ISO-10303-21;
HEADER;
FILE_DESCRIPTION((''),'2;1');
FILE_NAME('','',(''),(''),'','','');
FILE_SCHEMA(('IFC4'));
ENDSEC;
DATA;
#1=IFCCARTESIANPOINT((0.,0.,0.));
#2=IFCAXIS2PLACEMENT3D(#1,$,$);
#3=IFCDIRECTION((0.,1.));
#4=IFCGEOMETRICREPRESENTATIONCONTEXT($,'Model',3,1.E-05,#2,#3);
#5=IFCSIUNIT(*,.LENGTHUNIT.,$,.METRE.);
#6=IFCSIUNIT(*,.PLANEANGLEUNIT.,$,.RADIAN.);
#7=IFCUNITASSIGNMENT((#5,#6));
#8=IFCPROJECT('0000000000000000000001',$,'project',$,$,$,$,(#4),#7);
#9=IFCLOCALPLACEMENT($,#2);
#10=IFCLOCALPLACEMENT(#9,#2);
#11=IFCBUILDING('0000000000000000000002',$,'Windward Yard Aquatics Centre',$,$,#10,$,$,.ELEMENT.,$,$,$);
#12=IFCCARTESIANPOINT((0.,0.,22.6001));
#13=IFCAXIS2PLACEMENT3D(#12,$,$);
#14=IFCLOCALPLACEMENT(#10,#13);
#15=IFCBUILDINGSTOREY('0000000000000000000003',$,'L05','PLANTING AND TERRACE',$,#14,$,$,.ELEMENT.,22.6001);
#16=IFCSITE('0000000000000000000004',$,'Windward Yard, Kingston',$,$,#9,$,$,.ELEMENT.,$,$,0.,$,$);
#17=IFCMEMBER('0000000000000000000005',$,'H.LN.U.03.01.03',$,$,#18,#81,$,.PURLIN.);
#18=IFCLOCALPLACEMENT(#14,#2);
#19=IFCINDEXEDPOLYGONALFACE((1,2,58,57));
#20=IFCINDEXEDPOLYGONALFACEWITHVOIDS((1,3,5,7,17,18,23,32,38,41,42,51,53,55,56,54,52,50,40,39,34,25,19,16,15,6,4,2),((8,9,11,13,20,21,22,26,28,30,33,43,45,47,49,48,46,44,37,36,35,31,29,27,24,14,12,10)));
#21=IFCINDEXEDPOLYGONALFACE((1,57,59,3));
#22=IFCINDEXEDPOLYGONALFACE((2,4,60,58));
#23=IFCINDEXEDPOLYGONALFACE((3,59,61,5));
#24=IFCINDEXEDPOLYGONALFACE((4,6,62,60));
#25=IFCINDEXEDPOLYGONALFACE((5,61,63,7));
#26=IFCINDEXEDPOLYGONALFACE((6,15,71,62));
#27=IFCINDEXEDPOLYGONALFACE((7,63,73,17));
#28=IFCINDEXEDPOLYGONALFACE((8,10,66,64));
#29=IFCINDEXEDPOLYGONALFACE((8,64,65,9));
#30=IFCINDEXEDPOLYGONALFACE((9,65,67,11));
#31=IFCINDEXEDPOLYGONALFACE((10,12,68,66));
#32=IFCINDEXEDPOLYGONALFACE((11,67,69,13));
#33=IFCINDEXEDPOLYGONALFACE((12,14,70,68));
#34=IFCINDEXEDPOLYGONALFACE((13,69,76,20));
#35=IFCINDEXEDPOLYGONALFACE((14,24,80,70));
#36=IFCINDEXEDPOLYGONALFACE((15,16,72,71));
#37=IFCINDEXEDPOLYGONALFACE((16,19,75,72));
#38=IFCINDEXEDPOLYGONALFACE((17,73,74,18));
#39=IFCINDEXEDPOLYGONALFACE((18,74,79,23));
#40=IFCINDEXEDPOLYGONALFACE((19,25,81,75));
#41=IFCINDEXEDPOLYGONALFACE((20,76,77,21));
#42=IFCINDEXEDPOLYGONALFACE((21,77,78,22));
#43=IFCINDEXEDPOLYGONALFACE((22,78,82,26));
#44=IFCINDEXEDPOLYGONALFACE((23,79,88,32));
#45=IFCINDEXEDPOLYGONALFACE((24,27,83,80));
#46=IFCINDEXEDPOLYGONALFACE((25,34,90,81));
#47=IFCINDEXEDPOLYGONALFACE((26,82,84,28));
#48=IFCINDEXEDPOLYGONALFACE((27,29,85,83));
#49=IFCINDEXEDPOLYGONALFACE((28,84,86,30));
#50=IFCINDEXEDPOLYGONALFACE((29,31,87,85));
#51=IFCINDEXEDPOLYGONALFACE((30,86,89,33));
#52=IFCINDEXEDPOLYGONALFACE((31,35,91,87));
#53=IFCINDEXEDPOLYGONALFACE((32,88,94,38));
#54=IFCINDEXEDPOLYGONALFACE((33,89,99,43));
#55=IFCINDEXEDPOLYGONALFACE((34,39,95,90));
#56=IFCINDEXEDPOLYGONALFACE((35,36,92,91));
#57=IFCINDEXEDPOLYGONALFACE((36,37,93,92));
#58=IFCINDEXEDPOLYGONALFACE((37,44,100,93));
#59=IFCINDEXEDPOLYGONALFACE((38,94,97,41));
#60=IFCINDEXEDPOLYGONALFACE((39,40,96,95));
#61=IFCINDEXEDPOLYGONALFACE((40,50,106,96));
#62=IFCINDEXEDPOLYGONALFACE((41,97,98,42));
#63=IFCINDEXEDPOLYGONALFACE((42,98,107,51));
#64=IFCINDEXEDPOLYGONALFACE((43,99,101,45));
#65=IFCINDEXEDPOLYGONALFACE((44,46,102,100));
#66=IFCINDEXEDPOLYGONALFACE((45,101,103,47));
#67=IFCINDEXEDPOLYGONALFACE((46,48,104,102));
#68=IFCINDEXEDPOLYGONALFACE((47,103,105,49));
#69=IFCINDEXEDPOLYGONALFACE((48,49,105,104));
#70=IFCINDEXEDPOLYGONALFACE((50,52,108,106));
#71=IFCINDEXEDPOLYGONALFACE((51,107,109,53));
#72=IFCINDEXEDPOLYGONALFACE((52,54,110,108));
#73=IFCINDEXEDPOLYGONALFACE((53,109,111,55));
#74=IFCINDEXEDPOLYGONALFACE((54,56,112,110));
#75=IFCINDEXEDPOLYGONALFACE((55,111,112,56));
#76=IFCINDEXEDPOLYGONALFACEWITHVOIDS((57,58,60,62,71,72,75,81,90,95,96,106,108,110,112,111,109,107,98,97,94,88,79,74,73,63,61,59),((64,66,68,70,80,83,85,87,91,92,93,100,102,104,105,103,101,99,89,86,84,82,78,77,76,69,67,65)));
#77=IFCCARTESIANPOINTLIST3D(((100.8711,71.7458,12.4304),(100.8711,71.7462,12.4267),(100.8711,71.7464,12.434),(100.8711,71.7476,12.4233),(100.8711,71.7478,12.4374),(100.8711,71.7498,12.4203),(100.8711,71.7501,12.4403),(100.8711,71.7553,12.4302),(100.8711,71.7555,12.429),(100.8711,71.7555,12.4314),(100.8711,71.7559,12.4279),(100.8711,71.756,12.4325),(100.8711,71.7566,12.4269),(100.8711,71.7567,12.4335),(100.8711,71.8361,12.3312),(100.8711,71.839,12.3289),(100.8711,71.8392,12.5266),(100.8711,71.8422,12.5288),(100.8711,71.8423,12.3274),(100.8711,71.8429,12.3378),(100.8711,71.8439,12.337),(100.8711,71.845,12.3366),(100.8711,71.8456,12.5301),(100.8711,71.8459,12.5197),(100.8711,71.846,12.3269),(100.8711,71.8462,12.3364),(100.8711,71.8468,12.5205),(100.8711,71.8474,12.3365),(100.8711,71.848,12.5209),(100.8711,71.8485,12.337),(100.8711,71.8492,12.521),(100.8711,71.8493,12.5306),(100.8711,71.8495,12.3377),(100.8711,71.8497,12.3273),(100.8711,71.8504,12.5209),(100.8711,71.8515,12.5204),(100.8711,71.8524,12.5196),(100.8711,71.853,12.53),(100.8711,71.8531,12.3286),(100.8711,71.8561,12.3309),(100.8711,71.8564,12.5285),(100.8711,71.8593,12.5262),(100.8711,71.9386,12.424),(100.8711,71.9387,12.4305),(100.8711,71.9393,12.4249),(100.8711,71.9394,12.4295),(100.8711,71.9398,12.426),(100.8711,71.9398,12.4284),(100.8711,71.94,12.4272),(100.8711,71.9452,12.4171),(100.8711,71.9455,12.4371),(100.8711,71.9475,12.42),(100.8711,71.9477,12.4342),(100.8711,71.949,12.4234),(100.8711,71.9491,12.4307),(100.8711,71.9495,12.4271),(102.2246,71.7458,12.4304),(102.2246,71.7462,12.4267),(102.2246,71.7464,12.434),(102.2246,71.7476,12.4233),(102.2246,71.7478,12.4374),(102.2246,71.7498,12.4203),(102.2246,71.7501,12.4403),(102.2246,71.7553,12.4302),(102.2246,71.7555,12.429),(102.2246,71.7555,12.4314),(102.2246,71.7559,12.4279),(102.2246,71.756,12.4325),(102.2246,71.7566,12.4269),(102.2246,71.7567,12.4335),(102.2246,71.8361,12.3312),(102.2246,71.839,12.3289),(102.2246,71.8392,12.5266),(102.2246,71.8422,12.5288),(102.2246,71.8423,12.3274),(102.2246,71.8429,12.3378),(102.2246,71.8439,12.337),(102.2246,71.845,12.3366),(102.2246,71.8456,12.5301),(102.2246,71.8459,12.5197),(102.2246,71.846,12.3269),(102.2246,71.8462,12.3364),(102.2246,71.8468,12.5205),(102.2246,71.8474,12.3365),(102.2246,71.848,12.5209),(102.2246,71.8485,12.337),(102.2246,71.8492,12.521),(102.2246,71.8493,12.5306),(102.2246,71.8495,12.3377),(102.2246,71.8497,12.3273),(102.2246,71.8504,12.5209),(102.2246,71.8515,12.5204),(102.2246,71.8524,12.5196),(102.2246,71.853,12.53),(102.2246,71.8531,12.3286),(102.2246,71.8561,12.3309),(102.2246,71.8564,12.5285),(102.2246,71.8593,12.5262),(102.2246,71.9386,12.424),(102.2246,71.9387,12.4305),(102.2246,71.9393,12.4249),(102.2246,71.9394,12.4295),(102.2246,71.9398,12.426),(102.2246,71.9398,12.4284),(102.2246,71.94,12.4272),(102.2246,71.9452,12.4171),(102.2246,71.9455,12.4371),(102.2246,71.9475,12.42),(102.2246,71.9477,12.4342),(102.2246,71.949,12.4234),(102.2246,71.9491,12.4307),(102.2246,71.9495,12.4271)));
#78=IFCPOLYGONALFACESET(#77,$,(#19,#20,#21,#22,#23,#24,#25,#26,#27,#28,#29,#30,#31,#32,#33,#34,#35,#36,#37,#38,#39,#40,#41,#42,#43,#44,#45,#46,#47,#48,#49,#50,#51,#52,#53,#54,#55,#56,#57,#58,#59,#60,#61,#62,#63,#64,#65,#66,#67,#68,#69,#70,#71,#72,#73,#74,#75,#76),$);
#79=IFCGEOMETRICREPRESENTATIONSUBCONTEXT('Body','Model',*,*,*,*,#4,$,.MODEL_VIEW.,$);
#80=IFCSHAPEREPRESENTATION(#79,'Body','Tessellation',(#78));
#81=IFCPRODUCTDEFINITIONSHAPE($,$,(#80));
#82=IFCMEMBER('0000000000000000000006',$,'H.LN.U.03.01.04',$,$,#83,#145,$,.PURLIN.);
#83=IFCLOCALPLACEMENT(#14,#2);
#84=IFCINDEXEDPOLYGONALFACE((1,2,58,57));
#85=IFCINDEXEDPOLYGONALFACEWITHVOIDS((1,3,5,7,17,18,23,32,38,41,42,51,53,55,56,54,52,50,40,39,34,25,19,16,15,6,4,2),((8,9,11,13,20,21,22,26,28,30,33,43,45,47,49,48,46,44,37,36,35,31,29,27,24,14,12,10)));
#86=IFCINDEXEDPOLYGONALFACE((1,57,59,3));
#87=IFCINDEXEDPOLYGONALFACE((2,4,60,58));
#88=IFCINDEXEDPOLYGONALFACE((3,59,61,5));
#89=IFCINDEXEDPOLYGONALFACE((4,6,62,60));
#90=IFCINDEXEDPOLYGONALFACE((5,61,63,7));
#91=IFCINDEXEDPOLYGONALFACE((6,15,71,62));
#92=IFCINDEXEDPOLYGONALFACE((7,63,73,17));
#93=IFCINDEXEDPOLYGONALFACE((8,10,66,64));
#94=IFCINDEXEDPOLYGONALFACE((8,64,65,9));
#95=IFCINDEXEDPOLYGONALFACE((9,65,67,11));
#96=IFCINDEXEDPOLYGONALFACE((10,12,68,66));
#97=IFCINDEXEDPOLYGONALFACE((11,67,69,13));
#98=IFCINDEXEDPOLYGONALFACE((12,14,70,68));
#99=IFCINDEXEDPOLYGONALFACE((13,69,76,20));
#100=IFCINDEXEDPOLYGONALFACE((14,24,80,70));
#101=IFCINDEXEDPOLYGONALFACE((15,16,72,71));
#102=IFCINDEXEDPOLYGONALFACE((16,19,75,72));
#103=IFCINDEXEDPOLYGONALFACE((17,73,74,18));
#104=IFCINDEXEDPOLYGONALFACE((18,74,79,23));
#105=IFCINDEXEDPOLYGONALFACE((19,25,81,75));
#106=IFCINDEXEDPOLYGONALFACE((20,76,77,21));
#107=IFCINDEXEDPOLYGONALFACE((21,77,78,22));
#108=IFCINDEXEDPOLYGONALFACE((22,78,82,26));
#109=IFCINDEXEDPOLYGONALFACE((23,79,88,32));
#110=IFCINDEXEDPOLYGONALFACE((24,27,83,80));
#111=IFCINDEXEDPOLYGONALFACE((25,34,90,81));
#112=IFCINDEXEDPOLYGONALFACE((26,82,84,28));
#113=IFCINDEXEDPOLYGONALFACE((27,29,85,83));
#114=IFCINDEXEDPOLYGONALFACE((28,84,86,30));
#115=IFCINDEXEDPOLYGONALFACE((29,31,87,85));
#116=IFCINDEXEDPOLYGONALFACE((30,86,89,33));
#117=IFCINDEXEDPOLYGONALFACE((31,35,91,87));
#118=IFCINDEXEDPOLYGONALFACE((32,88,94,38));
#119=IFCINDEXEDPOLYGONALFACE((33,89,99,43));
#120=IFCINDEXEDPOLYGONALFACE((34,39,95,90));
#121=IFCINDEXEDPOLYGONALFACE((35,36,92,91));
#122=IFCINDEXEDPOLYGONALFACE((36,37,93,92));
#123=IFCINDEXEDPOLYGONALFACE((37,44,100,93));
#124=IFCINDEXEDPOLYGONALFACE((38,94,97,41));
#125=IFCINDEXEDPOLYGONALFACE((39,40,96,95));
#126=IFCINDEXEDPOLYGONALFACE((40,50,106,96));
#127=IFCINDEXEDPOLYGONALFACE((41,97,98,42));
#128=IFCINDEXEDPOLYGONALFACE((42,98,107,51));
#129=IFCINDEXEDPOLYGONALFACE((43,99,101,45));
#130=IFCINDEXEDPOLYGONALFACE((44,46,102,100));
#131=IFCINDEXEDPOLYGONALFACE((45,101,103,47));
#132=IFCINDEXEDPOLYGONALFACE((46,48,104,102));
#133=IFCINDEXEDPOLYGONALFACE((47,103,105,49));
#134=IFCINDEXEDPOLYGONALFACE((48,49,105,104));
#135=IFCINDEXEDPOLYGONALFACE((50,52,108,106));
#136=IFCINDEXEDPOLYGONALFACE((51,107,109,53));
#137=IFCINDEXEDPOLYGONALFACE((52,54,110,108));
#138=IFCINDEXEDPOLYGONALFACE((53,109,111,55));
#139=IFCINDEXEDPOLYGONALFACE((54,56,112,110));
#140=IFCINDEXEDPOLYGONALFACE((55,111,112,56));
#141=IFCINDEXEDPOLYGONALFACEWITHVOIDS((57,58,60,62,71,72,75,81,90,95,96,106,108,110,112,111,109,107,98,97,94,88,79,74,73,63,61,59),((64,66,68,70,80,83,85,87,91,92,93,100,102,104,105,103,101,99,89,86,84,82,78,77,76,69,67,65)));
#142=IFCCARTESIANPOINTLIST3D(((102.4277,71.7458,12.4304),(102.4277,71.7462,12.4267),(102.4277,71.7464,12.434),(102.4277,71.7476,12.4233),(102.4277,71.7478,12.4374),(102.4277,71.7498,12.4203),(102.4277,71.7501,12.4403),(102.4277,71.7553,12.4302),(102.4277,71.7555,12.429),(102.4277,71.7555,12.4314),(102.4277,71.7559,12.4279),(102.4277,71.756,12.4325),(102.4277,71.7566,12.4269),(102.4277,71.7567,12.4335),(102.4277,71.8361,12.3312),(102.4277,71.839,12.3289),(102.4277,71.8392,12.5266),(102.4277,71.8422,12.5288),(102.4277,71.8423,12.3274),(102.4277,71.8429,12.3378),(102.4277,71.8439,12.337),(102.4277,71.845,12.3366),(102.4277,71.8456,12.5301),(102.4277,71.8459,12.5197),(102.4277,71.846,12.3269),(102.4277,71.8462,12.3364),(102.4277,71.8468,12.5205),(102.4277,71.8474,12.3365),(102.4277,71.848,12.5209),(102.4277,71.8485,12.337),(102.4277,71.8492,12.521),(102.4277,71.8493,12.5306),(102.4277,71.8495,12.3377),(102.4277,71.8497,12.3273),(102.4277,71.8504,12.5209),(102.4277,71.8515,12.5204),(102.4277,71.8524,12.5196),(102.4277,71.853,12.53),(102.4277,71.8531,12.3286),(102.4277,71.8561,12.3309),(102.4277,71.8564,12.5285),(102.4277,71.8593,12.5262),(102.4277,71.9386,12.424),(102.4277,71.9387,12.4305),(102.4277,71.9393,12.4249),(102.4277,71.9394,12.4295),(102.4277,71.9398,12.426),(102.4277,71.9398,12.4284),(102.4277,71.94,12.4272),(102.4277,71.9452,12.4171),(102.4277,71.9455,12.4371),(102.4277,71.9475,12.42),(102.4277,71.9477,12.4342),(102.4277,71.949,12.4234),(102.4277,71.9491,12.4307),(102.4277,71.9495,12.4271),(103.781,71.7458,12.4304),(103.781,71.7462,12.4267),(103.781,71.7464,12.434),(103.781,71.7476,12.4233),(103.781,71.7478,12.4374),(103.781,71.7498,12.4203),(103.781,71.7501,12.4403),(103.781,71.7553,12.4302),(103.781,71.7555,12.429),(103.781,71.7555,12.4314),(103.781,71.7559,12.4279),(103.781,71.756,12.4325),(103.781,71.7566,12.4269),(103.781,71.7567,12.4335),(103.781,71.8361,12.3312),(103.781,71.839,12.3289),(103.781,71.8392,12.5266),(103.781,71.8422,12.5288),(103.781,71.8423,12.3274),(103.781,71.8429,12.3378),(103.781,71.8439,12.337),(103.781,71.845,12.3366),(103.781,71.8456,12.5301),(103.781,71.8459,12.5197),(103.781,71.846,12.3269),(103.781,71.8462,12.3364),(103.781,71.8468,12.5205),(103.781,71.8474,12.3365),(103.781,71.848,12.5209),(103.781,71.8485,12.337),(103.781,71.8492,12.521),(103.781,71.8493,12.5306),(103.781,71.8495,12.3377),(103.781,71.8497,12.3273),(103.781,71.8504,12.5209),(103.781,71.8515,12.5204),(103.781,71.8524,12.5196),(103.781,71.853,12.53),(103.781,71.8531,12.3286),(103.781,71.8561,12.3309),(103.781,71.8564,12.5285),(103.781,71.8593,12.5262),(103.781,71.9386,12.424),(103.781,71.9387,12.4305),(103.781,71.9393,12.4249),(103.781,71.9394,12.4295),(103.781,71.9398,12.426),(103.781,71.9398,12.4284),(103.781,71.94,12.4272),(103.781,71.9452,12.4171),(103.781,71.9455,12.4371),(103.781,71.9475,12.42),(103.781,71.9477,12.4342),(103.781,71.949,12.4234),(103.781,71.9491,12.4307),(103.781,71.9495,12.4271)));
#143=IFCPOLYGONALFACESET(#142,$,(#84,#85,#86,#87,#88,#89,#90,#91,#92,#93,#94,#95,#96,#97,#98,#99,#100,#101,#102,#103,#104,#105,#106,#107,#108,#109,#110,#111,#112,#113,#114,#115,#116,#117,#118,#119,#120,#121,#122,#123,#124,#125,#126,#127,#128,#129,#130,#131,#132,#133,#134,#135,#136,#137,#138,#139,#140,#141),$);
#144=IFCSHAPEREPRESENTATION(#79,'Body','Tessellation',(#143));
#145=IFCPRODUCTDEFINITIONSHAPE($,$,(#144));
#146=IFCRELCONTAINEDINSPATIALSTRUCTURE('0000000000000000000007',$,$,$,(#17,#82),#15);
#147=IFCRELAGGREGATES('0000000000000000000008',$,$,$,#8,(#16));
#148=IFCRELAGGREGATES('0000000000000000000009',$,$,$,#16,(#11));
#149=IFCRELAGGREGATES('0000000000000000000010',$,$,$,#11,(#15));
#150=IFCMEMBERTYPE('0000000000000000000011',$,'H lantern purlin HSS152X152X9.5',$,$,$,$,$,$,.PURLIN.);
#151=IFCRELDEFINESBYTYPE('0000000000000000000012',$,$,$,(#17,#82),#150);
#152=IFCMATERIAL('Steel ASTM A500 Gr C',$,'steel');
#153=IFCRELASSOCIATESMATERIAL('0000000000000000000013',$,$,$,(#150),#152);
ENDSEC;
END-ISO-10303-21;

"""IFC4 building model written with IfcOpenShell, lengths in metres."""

from ifc_helpers import new_model, si_unit, direction, frame, origin, origin_2d, place, context, subcontext, project, spatial, hollow_rectangle, extrude, material, material_profile, profile_set, type_object, element, save


model = new_model("IFC4")

# Units and contexts
model_context = context("Model", 3, precision=1e-05, world=origin(), true_north=direction((0.0, 1.0)))
body_context = subcontext(model_context, "Body", "Model", "MODEL_VIEW")
ifc_project = project(units=[si_unit("LENGTHUNIT", "METRE"), si_unit("PLANEANGLEUNIT", "RADIAN")], contexts=[model_context])

# Site, building, storey
site_placement = place(None, origin())
site = spatial("IfcSite", under=ifc_project, at=site_placement, Name="Windward Yard, Kingston", CompositionType="ELEMENT", RefElevation=0.0)
building_placement = place(site_placement, origin())
building = spatial("IfcBuilding", under=site, at=building_placement, Name="Windward Yard Aquatics Centre", CompositionType="ELEMENT")
storey_placement = place(building_placement, frame((0.0, 0.0, 22.6001)))
storey = spatial("IfcBuildingStorey", under=building, at=storey_placement, Name="L05", Description="PLANTING AND TERRACE", CompositionType="ELEMENT", Elevation=22.6001)

# Members
ifc_material_1 = material(Name="Steel ASTM A500 Gr C", Category="steel")
ifc_material_profile_1 = material_profile(ifc_material_1, hollow_rectangle(XDim=0.1523, YDim=0.1523, WallThickness=0.0095, InnerFilletRadius=0.0046, OuterFilletRadius=0.0142, at=origin_2d()), Name="HSS152X152X9.5")
ifc_profile_set_1 = profile_set([ifc_material_profile_1], Name="Steel ASTM A500 Gr C")
member_type_1 = type_object("IfcMemberType", Name="H lantern purlin HSS152X152X9.5", PredefinedType="PURLIN", material=ifc_profile_set_1)
member_1_placement = place(storey_placement, frame((100.8711, 71.8477, 12.4287), z_axis=(1.0, 0.0, 0.0), x_axis=(0.0, 0.69555, -0.718477)))
element("IfcMember", 1, at=member_1_placement, inside=storey, type_object=member_type_1, Name="H.LN.U.03.01.03", PredefinedType="PURLIN", context=body_context, shape_type="SweptSolid", body=[
    extrude(hollow_rectangle(XDim=0.1523, YDim=0.1523, WallThickness=0.0095, InnerFilletRadius=0.0046, OuterFilletRadius=0.0142, at=origin_2d()), origin(), (0.0, 0.0, 1.0), 1.3535),
])
for number, where, z_axis, x_axis, name in (
    (2, (102.4277, 71.8477, 12.4287), (1.0, 0.0, 0.0), (0.0, 0.69555, -0.718477), "H.LN.U.03.01.04"),
):
    element("IfcMember", number, at=place(storey_placement, frame(where, z_axis=z_axis, x_axis=x_axis)), inside=storey, type_object=member_type_1, Name=name, PredefinedType="PURLIN", context=body_context, shape_type="SweptSolid", body=[
        extrude(hollow_rectangle(XDim=0.1523, YDim=0.1523, WallThickness=0.0095, InnerFilletRadius=0.0046, OuterFilletRadius=0.0142, at=origin_2d()), origin(), (0.0, 0.0, 1.0), 1.3533),
    ])

save(model, "model.ifc")
